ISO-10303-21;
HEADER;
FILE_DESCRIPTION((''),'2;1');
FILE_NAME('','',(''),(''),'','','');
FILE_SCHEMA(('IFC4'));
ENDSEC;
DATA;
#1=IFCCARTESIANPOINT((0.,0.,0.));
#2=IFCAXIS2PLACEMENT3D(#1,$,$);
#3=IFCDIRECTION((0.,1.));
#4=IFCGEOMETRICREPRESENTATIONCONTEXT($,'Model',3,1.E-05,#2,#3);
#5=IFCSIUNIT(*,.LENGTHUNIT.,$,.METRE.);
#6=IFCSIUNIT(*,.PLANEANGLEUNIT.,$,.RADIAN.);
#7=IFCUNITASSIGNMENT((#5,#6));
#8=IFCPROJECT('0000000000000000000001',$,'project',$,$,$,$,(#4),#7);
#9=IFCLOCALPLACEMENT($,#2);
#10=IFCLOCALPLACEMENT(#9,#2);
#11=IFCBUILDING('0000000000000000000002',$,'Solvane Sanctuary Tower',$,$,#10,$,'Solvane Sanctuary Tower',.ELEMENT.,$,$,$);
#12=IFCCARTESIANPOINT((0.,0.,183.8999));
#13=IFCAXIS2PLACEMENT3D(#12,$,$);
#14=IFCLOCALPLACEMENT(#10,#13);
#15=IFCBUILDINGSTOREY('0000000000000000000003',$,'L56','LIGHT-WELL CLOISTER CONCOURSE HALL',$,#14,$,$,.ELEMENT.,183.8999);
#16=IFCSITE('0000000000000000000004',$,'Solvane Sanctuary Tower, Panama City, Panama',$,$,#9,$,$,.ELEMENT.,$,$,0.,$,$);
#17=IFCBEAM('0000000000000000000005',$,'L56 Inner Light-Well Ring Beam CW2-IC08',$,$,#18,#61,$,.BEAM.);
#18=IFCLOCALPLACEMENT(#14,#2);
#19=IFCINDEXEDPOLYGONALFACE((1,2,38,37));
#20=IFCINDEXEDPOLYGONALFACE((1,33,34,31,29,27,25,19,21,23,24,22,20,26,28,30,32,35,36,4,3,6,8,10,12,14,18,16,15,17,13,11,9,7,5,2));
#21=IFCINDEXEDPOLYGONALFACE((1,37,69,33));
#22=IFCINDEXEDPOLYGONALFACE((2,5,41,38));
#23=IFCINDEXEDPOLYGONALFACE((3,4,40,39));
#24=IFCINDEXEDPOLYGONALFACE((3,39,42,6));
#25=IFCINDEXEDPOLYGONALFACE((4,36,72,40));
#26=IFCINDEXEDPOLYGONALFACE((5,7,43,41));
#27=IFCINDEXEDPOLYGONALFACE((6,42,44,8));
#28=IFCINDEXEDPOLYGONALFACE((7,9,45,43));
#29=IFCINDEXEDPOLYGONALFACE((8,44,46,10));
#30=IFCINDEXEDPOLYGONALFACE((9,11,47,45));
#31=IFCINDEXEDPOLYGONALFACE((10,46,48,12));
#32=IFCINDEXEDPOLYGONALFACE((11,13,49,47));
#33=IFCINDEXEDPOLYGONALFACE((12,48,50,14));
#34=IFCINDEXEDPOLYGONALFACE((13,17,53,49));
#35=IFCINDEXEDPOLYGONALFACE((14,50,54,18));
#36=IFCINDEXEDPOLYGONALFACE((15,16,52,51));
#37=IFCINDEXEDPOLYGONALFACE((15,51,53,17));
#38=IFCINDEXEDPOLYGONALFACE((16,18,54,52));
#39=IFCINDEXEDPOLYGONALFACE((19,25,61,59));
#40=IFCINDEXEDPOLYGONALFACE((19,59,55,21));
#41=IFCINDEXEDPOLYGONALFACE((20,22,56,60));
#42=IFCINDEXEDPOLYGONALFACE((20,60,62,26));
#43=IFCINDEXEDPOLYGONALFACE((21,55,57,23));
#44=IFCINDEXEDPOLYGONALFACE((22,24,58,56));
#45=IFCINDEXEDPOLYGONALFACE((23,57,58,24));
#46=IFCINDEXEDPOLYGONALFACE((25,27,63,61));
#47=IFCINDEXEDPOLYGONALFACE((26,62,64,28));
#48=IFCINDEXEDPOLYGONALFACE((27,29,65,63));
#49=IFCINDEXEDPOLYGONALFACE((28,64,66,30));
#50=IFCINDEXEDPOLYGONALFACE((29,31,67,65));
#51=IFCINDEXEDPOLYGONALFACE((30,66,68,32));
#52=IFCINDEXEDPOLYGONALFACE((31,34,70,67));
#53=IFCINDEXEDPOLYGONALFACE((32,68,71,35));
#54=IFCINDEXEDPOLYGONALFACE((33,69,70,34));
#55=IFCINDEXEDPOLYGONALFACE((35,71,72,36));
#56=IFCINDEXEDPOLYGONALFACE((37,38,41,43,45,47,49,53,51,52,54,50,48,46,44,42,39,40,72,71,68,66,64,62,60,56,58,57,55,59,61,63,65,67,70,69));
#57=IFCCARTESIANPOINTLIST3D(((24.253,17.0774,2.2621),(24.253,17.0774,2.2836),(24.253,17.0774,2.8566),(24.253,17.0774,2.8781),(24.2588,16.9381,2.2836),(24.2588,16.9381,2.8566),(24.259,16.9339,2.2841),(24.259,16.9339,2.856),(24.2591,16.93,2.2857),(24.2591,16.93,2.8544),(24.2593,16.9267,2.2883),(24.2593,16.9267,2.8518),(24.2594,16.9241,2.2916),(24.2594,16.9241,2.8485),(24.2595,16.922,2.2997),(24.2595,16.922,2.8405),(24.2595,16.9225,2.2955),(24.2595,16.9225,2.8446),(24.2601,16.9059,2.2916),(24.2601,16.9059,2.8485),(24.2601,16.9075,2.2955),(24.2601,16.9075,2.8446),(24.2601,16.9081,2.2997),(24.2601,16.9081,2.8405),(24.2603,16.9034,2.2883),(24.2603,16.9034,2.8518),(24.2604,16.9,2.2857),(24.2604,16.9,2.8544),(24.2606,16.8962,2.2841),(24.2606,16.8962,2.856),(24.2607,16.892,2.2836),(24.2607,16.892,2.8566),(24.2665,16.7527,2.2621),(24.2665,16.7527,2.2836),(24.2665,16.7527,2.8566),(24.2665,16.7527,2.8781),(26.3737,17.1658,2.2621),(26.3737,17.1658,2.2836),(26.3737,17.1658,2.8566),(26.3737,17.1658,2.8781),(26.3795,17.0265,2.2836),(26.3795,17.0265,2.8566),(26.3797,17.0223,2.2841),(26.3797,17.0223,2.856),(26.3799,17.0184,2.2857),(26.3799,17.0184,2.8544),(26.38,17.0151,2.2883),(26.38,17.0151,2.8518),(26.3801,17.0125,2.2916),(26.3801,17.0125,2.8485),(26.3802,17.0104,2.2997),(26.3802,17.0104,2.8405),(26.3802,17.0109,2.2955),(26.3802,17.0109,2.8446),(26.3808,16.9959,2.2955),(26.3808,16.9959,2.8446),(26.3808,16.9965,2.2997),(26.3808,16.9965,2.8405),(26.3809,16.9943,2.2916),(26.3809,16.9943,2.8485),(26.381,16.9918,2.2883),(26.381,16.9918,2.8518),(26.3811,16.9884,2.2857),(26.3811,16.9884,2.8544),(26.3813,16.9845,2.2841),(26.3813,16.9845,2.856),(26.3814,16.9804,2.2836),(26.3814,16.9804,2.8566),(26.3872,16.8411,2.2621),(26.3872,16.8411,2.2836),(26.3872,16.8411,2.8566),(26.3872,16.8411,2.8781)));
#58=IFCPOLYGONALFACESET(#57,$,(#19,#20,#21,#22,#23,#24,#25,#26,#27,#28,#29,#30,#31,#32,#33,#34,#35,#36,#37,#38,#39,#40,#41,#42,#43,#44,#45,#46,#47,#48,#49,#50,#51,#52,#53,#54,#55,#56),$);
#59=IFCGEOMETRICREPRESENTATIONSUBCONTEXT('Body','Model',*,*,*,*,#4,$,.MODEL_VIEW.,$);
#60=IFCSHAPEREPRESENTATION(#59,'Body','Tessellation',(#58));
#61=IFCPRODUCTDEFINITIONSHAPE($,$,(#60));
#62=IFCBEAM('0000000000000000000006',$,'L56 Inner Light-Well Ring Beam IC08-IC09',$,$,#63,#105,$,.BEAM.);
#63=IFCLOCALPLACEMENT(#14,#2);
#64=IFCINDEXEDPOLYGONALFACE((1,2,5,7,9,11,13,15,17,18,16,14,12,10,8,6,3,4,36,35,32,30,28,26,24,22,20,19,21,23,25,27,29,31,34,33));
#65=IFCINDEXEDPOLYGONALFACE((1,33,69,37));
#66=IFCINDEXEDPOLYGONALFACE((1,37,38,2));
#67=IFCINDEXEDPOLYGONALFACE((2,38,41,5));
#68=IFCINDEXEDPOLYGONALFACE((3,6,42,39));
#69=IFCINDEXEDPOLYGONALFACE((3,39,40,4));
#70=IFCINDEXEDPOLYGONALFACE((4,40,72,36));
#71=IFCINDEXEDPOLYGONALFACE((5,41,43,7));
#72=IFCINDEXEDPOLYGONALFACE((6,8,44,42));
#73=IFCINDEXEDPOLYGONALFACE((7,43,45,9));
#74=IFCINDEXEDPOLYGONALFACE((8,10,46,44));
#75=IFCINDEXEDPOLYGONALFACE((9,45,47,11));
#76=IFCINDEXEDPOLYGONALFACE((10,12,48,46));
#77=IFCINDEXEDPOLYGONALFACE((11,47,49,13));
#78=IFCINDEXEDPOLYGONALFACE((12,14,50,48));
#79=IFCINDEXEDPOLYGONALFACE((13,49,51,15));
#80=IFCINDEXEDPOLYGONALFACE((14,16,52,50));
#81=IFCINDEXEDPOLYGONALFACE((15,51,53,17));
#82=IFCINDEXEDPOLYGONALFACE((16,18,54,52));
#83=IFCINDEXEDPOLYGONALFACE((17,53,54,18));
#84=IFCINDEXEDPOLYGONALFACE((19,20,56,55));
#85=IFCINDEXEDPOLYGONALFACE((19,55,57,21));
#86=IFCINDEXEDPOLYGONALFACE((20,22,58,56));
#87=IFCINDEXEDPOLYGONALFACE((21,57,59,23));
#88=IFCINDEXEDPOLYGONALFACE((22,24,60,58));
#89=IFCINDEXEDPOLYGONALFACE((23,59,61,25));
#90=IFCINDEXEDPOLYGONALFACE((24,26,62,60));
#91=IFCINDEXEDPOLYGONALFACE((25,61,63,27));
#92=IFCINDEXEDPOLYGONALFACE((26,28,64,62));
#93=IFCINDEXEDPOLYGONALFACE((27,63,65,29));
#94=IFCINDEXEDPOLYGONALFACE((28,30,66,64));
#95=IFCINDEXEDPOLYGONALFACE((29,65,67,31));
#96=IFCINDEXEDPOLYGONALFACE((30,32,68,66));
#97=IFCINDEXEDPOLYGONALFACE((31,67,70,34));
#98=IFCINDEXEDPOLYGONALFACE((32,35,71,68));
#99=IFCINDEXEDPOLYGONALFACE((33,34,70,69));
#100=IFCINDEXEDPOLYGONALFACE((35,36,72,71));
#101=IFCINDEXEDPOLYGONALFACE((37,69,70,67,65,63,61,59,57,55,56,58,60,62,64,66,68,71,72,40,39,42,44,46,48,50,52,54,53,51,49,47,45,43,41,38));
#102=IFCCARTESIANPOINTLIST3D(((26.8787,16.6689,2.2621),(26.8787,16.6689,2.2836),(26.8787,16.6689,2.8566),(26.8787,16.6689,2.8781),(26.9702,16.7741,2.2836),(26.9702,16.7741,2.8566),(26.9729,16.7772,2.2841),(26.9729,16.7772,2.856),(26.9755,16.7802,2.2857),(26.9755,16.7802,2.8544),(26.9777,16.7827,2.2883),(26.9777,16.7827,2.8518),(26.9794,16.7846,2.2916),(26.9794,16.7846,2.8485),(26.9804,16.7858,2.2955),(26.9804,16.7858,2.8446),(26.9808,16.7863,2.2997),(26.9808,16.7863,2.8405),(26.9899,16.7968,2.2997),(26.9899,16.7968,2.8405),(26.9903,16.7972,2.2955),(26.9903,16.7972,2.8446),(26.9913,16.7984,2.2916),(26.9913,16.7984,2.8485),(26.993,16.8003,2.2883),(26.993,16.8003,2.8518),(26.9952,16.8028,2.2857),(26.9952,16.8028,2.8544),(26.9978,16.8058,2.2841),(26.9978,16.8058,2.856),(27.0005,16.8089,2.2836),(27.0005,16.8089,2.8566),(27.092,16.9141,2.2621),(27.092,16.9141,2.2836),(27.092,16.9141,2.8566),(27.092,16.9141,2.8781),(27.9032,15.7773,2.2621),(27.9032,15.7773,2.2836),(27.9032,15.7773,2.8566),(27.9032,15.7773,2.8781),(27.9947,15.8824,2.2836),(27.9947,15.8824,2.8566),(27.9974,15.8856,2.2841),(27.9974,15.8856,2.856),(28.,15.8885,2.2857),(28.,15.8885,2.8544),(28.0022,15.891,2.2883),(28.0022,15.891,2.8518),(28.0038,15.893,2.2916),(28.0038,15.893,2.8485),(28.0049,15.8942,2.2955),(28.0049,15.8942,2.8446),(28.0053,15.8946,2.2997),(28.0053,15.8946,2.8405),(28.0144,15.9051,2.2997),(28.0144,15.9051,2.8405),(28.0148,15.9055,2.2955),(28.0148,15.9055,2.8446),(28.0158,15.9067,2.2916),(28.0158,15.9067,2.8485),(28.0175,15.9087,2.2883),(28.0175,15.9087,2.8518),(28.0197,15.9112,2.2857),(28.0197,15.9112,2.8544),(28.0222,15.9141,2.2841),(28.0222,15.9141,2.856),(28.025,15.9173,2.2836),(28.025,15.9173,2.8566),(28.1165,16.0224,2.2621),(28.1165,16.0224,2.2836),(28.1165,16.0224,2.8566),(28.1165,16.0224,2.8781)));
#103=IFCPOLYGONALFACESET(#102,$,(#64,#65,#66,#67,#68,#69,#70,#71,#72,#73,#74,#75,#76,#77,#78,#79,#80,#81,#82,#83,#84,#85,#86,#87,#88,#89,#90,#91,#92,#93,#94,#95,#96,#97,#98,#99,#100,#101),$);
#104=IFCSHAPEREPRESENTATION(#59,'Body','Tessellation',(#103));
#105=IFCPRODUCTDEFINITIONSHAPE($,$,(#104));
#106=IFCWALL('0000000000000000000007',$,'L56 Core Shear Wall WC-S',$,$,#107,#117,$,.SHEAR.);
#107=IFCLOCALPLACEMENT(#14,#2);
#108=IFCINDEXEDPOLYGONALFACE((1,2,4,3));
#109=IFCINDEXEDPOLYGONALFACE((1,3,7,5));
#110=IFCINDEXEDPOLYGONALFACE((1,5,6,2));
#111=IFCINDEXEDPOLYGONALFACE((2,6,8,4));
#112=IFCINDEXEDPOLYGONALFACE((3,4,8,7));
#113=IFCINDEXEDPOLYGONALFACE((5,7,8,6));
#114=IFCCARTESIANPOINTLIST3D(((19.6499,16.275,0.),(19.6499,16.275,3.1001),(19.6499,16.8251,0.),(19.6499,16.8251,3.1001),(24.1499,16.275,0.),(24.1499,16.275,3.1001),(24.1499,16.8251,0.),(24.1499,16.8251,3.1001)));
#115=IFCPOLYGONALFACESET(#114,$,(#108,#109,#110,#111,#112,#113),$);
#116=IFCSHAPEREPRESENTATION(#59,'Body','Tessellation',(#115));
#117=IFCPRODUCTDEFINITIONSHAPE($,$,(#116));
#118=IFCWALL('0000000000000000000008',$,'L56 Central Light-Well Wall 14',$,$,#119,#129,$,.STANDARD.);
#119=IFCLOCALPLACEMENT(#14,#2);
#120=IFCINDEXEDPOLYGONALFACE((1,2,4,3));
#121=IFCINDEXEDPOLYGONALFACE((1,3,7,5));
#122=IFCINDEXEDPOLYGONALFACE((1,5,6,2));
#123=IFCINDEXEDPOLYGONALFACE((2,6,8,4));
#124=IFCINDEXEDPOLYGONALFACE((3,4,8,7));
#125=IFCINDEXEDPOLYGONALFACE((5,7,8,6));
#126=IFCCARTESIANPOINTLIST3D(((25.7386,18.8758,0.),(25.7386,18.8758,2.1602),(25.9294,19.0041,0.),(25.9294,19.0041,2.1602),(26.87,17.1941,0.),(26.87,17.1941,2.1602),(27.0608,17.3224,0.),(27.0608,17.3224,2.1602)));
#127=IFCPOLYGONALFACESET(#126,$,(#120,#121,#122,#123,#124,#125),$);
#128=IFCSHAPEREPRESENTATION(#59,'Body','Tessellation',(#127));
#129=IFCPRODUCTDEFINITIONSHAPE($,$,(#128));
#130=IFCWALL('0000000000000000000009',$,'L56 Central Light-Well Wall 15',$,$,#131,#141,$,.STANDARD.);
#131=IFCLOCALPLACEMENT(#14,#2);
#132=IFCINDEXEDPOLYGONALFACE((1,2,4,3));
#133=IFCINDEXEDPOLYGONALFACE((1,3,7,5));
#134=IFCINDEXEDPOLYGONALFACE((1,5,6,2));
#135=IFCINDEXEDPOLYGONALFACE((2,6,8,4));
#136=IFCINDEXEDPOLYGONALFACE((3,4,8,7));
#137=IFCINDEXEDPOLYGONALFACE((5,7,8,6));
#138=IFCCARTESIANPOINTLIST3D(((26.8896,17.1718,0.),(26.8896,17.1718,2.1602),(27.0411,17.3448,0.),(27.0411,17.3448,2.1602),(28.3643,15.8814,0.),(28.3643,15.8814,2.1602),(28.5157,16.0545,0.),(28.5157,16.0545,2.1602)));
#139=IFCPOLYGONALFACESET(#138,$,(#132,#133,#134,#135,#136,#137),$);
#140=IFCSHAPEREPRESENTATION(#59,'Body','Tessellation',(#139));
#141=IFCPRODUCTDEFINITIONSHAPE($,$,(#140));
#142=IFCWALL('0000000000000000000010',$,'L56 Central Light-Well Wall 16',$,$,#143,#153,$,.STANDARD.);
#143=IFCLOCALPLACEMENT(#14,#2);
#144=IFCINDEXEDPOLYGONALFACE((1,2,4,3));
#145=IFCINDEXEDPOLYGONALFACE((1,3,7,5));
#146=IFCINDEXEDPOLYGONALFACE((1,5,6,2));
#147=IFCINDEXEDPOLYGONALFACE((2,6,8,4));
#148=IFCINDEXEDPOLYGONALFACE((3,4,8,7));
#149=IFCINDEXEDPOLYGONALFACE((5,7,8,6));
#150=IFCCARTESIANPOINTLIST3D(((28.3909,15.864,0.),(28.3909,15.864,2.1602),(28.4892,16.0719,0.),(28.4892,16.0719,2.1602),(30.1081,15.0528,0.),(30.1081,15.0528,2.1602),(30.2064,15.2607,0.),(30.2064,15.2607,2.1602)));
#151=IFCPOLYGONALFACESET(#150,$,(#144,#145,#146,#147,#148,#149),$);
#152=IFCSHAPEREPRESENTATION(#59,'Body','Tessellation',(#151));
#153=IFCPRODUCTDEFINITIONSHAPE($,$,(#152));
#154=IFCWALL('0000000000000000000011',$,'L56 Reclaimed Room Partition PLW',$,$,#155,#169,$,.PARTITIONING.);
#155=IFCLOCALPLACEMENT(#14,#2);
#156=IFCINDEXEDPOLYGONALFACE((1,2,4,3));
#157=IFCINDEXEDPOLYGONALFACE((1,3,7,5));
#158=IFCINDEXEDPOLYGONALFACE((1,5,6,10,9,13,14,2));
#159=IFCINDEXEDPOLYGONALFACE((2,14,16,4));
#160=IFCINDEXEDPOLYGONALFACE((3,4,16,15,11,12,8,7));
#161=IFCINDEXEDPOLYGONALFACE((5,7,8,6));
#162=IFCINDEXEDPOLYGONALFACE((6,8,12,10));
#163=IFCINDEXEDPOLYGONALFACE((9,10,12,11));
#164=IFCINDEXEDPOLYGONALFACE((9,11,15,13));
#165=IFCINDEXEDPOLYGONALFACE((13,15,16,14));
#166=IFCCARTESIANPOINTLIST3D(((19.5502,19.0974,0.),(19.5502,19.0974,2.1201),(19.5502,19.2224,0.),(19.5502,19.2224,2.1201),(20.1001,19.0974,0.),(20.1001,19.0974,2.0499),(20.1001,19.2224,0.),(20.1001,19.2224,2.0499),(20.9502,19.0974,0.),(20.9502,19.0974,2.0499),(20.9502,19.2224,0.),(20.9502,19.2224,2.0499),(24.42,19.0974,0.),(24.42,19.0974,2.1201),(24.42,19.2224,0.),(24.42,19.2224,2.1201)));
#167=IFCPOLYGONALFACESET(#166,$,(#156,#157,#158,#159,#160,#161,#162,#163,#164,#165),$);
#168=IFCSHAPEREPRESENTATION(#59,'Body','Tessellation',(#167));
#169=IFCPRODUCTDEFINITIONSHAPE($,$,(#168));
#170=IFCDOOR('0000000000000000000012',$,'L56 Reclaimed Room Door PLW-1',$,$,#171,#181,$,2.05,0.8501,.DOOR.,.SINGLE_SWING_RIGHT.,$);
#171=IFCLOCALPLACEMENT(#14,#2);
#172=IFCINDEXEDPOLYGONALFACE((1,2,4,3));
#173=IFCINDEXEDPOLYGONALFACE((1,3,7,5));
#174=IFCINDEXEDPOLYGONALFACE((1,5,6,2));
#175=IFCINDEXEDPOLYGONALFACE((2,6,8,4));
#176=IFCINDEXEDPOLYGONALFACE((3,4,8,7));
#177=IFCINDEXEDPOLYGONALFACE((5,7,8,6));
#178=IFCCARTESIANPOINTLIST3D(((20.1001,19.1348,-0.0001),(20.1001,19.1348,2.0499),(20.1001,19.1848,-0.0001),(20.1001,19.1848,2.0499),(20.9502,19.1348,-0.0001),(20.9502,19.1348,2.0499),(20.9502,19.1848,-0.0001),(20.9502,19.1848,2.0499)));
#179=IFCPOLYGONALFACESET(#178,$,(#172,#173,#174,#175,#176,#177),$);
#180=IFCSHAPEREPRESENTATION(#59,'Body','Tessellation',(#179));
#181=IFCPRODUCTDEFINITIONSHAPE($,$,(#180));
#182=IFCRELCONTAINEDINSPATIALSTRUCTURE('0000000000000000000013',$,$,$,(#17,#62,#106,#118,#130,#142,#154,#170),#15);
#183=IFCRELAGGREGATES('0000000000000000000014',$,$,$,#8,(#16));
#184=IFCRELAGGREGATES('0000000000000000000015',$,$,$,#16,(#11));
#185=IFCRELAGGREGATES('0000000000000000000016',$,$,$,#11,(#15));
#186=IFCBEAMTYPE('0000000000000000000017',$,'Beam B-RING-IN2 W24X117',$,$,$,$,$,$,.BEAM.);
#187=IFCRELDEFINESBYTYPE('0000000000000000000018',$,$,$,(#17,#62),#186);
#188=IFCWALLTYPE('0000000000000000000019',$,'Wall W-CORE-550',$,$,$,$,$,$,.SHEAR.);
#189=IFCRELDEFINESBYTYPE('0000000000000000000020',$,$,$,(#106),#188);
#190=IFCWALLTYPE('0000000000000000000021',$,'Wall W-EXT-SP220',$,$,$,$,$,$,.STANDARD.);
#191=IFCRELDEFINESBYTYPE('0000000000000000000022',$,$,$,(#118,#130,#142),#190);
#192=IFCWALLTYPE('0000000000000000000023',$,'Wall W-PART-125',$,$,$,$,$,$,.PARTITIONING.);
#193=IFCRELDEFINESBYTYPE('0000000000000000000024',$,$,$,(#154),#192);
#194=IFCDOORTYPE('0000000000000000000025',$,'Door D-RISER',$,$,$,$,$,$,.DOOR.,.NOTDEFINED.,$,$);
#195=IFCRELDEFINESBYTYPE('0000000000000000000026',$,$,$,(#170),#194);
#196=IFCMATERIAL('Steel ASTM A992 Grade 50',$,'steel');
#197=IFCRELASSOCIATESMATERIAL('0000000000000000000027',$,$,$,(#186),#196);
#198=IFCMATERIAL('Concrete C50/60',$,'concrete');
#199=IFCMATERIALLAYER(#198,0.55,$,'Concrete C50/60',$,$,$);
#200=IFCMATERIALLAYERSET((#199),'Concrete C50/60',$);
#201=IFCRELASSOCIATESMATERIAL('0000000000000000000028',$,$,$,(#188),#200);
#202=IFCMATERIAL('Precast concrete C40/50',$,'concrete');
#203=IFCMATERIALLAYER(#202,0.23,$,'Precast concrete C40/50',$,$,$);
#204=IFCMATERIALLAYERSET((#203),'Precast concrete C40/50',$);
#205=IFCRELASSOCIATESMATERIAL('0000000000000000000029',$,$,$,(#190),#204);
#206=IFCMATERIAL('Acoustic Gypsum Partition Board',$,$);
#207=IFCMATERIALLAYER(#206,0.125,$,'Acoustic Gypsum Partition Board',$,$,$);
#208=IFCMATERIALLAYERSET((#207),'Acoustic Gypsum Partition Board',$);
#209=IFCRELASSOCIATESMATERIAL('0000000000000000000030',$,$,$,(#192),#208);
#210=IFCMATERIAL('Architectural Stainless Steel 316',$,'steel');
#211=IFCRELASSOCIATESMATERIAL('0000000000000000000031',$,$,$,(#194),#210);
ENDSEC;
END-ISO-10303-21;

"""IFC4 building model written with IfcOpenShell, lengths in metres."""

from ifc_helpers import new_model, si_unit, direction, frame, frame_2d, origin, origin_2d, place, context, subcontext, project, spatial, rectangle, i_section, extrude, material, layer, layer_set, material_profile, profile_set, type_object, element, fill, save


model = new_model("IFC4")

# Units and contexts
model_context = context("Model", 3, precision=1e-05, world=origin(), true_north=direction((0.0, 1.0)))
body_context = subcontext(model_context, "Body", "Model", "MODEL_VIEW")
ifc_project = project(units=[si_unit("LENGTHUNIT", "METRE"), si_unit("PLANEANGLEUNIT", "RADIAN")], contexts=[model_context])

# Site, building, storey
site_placement = place(None, origin())
site = spatial("IfcSite", under=ifc_project, at=site_placement, Name="Solvane Sanctuary Tower, Panama City, Panama", CompositionType="ELEMENT", RefElevation=0.0)
building_placement = place(site_placement, origin())
building = spatial("IfcBuilding", under=site, at=building_placement, Name="Solvane Sanctuary Tower", LongName="Solvane Sanctuary Tower", CompositionType="ELEMENT")
storey_placement = place(building_placement, frame((0.0, 0.0, 183.8999)))
storey = spatial("IfcBuildingStorey", under=building, at=storey_placement, Name="L56", Description="LIGHT-WELL CLOISTER CONCOURSE HALL", CompositionType="ELEMENT", Elevation=183.8999)

# Shared definitions
ifc_material_1 = material(Name="Concrete C50/60", Category="concrete")

# Beams
ifc_material_2 = material(Name="Steel ASTM A992 Grade 50", Category="steel")
ifc_material_profile_1 = material_profile(ifc_material_2, i_section(OverallWidth=0.325, OverallDepth=0.616, WebThickness=0.0139, FlangeThickness=0.0215, FilletRadius=0.0161, at=origin_2d()), Name="W24X117")
ifc_profile_set_1 = profile_set([ifc_material_profile_1], Name="Steel ASTM A992 Grade 50")
beam_type_1 = type_object("IfcBeamType", Name="Beam B-RING-IN2 W24X117", PredefinedType="BEAM", material=ifc_profile_set_1)
beam_1_placement = place(storey_placement, frame((24.2598, 16.915, 2.5701), z_axis=(0.999133, 0.04164, 0.0), x_axis=(-0.04164, 0.999133, 0.0)))
element("IfcBeam", 1, at=beam_1_placement, inside=storey, type_object=beam_type_1, Name="L56 Inner Light-Well Ring Beam CW2-IC08", PredefinedType="BEAM", context=body_context, shape_type="SweptSolid", body=[
    extrude(i_section(OverallWidth=0.325, OverallDepth=0.616, WebThickness=0.0139, FlangeThickness=0.0215, FilletRadius=0.0161, at=origin_2d()), origin(), (0.0, 0.0, 1.0), 2.1226),
])
beam_2_placement = place(storey_placement, frame((26.9854, 16.7915, 2.5701), z_axis=(0.754311, -0.656517, 0.0), x_axis=(0.656517, 0.754311, 0.0)))
element("IfcBeam", 2, at=beam_2_placement, inside=storey, type_object=beam_type_1, Name="L56 Inner Light-Well Ring Beam IC08-IC09", PredefinedType="BEAM", context=body_context, shape_type="SweptSolid", body=[
    extrude(i_section(OverallWidth=0.325, OverallDepth=0.616, WebThickness=0.0139, FlangeThickness=0.0215, FilletRadius=0.0161, at=origin_2d()), origin(), (0.0, 0.0, 1.0), 1.3582),
])

# Walls
ifc_layer_1 = layer(ifc_material_1, 0.55, Name="Concrete C50/60")
ifc_layer_set_1 = layer_set([ifc_layer_1], Name="Concrete C50/60")
wall_type_1 = type_object("IfcWallType", Name="Wall W-CORE-550", PredefinedType="SHEAR", material=ifc_layer_set_1)
wall_1_placement = place(storey_placement, frame((19.6499, 16.55, 0.0), z_axis=(0.0, 0.0, 1.0), x_axis=(1.0, 0.0, 0.0)))
element("IfcWall", 3, at=wall_1_placement, inside=storey, type_object=wall_type_1, Name="L56 Core Shear Wall WC-S", PredefinedType="SHEAR", context=body_context, shape_type="SweptSolid", body=[
    extrude(rectangle(XDim=4.5, YDim=0.55, at=frame_2d((2.25, 0.0))), origin(), (0.0, 0.0, 1.0), 3.1001),
])
ifc_material_3 = material(Name="Precast concrete C40/50", Category="concrete")
ifc_layer_2 = layer(ifc_material_3, 0.23, Name="Precast concrete C40/50")
ifc_layer_set_2 = layer_set([ifc_layer_2], Name="Precast concrete C40/50")
wall_type_2 = type_object("IfcWallType", Name="Wall W-EXT-SP220", PredefinedType="STANDARD", material=ifc_layer_set_2)
wall_2_placement = place(storey_placement, frame((25.834, 18.9399, 0.0), z_axis=(0.0, 0.0, 1.0), x_axis=(0.558198, -0.829708, 0.0)))
element("IfcWall", 4, at=wall_2_placement, inside=storey, type_object=wall_type_2, Name="L56 Central Light-Well Wall 14", PredefinedType="STANDARD", context=body_context, shape_type="SweptSolid", body=[
    extrude(rectangle(XDim=2.0269, YDim=0.23, at=frame_2d((1.0134, 0.0))), origin(), (0.0, 0.0, 1.0), 2.1602),
])
wall_3_placement = place(storey_placement, frame((26.9653, 17.2583, 0.0), z_axis=(0.0, 0.0, 1.0), x_axis=(0.752577, -0.658505, 0.0)))
element("IfcWall", 5, at=wall_3_placement, inside=storey, type_object=wall_type_2, Name="L56 Central Light-Well Wall 15", PredefinedType="STANDARD", context=body_context, shape_type="SweptSolid", body=[
    extrude(rectangle(XDim=1.9595, YDim=0.23, at=frame_2d((0.9797, 0.0))), origin(), (0.0, 0.0, 1.0), 2.1602),
])
wall_4_placement = place(storey_placement, frame((28.4399, 15.968, 0.0), z_axis=(0.0, 0.0, 1.0), x_axis=(0.90418, -0.427152, 0.0)))
element("IfcWall", 6, at=wall_4_placement, inside=storey, type_object=wall_type_2, Name="L56 Central Light-Well Wall 16", PredefinedType="STANDARD", context=body_context, shape_type="SweptSolid", body=[
    extrude(rectangle(XDim=1.8992, YDim=0.23, at=frame_2d((0.9497, 0.0))), origin(), (0.0, 0.0, 1.0), 2.1602),
])

# Wall, opening, door
ifc_material_4 = material(Name="Acoustic Gypsum Partition Board")
ifc_layer_3 = layer(ifc_material_4, 0.125, Name="Acoustic Gypsum Partition Board")
ifc_layer_set_3 = layer_set([ifc_layer_3], Name="Acoustic Gypsum Partition Board")
wall_type_3 = type_object("IfcWallType", Name="Wall W-PART-125", PredefinedType="PARTITIONING", material=ifc_layer_set_3)
wall_5_placement = place(storey_placement, frame((19.55, 19.1599, 0.0), z_axis=(0.0, 0.0, 1.0), x_axis=(1.0, 0.0, 0.0)))
wall_5 = element("IfcWall", 7, at=wall_5_placement, inside=storey, type_object=wall_type_3, Name="L56 Reclaimed Room Partition PLW", PredefinedType="PARTITIONING", context=body_context, shape_type="SweptSolid", body=[
    extrude(rectangle(XDim=4.8699, YDim=0.125, at=frame_2d((2.4351, 0.0))), origin(), (0.0, 0.0, 1.0), 2.1201),
])
opening_placement = place(wall_5_placement, frame((0.55, 0.0, 0.0)))
opening = element("IfcOpeningElement", 8, at=opening_placement, cuts=wall_5, PredefinedType="OPENING", context=body_context, shape_type="SweptSolid", body=[
    extrude(rectangle(XDim=0.8501, YDim=2.05, at=frame_2d((0.425, 1.0249))), frame((0.0, 0.0725, 0.0), z_axis=(0.0, -1.0, 0.0), x_axis=(1.0, 0.0, 0.0)), (0.0, 0.0, 1.0), 0.145),
])
ifc_material_5 = material(Name="Architectural Stainless Steel 316", Category="steel")
door_type = type_object("IfcDoorType", Name="Door D-RISER", OperationType="NOTDEFINED", PredefinedType="DOOR", material=ifc_material_5)
door_placement = place(opening_placement, origin())
door = element("IfcDoor", 9, at=door_placement, inside=storey, type_object=door_type, Name="L56 Reclaimed Room Door PLW-1", OperationType="SINGLE_SWING_RIGHT", OverallHeight=2.05, OverallWidth=0.8501, PredefinedType="DOOR", context=body_context, shape_type="SweptSolid", body=[
    extrude(rectangle(XDim=0.8501, YDim=2.05, at=frame_2d((0.425, 1.0249))), frame((0.0, 0.0249, 0.0), z_axis=(0.0, -1.0, 0.0), x_axis=(1.0, 0.0, 0.0)), (0.0, 0.0, 1.0), 0.05),
])
fill(opening, door)

save(model, "model.ifc")
